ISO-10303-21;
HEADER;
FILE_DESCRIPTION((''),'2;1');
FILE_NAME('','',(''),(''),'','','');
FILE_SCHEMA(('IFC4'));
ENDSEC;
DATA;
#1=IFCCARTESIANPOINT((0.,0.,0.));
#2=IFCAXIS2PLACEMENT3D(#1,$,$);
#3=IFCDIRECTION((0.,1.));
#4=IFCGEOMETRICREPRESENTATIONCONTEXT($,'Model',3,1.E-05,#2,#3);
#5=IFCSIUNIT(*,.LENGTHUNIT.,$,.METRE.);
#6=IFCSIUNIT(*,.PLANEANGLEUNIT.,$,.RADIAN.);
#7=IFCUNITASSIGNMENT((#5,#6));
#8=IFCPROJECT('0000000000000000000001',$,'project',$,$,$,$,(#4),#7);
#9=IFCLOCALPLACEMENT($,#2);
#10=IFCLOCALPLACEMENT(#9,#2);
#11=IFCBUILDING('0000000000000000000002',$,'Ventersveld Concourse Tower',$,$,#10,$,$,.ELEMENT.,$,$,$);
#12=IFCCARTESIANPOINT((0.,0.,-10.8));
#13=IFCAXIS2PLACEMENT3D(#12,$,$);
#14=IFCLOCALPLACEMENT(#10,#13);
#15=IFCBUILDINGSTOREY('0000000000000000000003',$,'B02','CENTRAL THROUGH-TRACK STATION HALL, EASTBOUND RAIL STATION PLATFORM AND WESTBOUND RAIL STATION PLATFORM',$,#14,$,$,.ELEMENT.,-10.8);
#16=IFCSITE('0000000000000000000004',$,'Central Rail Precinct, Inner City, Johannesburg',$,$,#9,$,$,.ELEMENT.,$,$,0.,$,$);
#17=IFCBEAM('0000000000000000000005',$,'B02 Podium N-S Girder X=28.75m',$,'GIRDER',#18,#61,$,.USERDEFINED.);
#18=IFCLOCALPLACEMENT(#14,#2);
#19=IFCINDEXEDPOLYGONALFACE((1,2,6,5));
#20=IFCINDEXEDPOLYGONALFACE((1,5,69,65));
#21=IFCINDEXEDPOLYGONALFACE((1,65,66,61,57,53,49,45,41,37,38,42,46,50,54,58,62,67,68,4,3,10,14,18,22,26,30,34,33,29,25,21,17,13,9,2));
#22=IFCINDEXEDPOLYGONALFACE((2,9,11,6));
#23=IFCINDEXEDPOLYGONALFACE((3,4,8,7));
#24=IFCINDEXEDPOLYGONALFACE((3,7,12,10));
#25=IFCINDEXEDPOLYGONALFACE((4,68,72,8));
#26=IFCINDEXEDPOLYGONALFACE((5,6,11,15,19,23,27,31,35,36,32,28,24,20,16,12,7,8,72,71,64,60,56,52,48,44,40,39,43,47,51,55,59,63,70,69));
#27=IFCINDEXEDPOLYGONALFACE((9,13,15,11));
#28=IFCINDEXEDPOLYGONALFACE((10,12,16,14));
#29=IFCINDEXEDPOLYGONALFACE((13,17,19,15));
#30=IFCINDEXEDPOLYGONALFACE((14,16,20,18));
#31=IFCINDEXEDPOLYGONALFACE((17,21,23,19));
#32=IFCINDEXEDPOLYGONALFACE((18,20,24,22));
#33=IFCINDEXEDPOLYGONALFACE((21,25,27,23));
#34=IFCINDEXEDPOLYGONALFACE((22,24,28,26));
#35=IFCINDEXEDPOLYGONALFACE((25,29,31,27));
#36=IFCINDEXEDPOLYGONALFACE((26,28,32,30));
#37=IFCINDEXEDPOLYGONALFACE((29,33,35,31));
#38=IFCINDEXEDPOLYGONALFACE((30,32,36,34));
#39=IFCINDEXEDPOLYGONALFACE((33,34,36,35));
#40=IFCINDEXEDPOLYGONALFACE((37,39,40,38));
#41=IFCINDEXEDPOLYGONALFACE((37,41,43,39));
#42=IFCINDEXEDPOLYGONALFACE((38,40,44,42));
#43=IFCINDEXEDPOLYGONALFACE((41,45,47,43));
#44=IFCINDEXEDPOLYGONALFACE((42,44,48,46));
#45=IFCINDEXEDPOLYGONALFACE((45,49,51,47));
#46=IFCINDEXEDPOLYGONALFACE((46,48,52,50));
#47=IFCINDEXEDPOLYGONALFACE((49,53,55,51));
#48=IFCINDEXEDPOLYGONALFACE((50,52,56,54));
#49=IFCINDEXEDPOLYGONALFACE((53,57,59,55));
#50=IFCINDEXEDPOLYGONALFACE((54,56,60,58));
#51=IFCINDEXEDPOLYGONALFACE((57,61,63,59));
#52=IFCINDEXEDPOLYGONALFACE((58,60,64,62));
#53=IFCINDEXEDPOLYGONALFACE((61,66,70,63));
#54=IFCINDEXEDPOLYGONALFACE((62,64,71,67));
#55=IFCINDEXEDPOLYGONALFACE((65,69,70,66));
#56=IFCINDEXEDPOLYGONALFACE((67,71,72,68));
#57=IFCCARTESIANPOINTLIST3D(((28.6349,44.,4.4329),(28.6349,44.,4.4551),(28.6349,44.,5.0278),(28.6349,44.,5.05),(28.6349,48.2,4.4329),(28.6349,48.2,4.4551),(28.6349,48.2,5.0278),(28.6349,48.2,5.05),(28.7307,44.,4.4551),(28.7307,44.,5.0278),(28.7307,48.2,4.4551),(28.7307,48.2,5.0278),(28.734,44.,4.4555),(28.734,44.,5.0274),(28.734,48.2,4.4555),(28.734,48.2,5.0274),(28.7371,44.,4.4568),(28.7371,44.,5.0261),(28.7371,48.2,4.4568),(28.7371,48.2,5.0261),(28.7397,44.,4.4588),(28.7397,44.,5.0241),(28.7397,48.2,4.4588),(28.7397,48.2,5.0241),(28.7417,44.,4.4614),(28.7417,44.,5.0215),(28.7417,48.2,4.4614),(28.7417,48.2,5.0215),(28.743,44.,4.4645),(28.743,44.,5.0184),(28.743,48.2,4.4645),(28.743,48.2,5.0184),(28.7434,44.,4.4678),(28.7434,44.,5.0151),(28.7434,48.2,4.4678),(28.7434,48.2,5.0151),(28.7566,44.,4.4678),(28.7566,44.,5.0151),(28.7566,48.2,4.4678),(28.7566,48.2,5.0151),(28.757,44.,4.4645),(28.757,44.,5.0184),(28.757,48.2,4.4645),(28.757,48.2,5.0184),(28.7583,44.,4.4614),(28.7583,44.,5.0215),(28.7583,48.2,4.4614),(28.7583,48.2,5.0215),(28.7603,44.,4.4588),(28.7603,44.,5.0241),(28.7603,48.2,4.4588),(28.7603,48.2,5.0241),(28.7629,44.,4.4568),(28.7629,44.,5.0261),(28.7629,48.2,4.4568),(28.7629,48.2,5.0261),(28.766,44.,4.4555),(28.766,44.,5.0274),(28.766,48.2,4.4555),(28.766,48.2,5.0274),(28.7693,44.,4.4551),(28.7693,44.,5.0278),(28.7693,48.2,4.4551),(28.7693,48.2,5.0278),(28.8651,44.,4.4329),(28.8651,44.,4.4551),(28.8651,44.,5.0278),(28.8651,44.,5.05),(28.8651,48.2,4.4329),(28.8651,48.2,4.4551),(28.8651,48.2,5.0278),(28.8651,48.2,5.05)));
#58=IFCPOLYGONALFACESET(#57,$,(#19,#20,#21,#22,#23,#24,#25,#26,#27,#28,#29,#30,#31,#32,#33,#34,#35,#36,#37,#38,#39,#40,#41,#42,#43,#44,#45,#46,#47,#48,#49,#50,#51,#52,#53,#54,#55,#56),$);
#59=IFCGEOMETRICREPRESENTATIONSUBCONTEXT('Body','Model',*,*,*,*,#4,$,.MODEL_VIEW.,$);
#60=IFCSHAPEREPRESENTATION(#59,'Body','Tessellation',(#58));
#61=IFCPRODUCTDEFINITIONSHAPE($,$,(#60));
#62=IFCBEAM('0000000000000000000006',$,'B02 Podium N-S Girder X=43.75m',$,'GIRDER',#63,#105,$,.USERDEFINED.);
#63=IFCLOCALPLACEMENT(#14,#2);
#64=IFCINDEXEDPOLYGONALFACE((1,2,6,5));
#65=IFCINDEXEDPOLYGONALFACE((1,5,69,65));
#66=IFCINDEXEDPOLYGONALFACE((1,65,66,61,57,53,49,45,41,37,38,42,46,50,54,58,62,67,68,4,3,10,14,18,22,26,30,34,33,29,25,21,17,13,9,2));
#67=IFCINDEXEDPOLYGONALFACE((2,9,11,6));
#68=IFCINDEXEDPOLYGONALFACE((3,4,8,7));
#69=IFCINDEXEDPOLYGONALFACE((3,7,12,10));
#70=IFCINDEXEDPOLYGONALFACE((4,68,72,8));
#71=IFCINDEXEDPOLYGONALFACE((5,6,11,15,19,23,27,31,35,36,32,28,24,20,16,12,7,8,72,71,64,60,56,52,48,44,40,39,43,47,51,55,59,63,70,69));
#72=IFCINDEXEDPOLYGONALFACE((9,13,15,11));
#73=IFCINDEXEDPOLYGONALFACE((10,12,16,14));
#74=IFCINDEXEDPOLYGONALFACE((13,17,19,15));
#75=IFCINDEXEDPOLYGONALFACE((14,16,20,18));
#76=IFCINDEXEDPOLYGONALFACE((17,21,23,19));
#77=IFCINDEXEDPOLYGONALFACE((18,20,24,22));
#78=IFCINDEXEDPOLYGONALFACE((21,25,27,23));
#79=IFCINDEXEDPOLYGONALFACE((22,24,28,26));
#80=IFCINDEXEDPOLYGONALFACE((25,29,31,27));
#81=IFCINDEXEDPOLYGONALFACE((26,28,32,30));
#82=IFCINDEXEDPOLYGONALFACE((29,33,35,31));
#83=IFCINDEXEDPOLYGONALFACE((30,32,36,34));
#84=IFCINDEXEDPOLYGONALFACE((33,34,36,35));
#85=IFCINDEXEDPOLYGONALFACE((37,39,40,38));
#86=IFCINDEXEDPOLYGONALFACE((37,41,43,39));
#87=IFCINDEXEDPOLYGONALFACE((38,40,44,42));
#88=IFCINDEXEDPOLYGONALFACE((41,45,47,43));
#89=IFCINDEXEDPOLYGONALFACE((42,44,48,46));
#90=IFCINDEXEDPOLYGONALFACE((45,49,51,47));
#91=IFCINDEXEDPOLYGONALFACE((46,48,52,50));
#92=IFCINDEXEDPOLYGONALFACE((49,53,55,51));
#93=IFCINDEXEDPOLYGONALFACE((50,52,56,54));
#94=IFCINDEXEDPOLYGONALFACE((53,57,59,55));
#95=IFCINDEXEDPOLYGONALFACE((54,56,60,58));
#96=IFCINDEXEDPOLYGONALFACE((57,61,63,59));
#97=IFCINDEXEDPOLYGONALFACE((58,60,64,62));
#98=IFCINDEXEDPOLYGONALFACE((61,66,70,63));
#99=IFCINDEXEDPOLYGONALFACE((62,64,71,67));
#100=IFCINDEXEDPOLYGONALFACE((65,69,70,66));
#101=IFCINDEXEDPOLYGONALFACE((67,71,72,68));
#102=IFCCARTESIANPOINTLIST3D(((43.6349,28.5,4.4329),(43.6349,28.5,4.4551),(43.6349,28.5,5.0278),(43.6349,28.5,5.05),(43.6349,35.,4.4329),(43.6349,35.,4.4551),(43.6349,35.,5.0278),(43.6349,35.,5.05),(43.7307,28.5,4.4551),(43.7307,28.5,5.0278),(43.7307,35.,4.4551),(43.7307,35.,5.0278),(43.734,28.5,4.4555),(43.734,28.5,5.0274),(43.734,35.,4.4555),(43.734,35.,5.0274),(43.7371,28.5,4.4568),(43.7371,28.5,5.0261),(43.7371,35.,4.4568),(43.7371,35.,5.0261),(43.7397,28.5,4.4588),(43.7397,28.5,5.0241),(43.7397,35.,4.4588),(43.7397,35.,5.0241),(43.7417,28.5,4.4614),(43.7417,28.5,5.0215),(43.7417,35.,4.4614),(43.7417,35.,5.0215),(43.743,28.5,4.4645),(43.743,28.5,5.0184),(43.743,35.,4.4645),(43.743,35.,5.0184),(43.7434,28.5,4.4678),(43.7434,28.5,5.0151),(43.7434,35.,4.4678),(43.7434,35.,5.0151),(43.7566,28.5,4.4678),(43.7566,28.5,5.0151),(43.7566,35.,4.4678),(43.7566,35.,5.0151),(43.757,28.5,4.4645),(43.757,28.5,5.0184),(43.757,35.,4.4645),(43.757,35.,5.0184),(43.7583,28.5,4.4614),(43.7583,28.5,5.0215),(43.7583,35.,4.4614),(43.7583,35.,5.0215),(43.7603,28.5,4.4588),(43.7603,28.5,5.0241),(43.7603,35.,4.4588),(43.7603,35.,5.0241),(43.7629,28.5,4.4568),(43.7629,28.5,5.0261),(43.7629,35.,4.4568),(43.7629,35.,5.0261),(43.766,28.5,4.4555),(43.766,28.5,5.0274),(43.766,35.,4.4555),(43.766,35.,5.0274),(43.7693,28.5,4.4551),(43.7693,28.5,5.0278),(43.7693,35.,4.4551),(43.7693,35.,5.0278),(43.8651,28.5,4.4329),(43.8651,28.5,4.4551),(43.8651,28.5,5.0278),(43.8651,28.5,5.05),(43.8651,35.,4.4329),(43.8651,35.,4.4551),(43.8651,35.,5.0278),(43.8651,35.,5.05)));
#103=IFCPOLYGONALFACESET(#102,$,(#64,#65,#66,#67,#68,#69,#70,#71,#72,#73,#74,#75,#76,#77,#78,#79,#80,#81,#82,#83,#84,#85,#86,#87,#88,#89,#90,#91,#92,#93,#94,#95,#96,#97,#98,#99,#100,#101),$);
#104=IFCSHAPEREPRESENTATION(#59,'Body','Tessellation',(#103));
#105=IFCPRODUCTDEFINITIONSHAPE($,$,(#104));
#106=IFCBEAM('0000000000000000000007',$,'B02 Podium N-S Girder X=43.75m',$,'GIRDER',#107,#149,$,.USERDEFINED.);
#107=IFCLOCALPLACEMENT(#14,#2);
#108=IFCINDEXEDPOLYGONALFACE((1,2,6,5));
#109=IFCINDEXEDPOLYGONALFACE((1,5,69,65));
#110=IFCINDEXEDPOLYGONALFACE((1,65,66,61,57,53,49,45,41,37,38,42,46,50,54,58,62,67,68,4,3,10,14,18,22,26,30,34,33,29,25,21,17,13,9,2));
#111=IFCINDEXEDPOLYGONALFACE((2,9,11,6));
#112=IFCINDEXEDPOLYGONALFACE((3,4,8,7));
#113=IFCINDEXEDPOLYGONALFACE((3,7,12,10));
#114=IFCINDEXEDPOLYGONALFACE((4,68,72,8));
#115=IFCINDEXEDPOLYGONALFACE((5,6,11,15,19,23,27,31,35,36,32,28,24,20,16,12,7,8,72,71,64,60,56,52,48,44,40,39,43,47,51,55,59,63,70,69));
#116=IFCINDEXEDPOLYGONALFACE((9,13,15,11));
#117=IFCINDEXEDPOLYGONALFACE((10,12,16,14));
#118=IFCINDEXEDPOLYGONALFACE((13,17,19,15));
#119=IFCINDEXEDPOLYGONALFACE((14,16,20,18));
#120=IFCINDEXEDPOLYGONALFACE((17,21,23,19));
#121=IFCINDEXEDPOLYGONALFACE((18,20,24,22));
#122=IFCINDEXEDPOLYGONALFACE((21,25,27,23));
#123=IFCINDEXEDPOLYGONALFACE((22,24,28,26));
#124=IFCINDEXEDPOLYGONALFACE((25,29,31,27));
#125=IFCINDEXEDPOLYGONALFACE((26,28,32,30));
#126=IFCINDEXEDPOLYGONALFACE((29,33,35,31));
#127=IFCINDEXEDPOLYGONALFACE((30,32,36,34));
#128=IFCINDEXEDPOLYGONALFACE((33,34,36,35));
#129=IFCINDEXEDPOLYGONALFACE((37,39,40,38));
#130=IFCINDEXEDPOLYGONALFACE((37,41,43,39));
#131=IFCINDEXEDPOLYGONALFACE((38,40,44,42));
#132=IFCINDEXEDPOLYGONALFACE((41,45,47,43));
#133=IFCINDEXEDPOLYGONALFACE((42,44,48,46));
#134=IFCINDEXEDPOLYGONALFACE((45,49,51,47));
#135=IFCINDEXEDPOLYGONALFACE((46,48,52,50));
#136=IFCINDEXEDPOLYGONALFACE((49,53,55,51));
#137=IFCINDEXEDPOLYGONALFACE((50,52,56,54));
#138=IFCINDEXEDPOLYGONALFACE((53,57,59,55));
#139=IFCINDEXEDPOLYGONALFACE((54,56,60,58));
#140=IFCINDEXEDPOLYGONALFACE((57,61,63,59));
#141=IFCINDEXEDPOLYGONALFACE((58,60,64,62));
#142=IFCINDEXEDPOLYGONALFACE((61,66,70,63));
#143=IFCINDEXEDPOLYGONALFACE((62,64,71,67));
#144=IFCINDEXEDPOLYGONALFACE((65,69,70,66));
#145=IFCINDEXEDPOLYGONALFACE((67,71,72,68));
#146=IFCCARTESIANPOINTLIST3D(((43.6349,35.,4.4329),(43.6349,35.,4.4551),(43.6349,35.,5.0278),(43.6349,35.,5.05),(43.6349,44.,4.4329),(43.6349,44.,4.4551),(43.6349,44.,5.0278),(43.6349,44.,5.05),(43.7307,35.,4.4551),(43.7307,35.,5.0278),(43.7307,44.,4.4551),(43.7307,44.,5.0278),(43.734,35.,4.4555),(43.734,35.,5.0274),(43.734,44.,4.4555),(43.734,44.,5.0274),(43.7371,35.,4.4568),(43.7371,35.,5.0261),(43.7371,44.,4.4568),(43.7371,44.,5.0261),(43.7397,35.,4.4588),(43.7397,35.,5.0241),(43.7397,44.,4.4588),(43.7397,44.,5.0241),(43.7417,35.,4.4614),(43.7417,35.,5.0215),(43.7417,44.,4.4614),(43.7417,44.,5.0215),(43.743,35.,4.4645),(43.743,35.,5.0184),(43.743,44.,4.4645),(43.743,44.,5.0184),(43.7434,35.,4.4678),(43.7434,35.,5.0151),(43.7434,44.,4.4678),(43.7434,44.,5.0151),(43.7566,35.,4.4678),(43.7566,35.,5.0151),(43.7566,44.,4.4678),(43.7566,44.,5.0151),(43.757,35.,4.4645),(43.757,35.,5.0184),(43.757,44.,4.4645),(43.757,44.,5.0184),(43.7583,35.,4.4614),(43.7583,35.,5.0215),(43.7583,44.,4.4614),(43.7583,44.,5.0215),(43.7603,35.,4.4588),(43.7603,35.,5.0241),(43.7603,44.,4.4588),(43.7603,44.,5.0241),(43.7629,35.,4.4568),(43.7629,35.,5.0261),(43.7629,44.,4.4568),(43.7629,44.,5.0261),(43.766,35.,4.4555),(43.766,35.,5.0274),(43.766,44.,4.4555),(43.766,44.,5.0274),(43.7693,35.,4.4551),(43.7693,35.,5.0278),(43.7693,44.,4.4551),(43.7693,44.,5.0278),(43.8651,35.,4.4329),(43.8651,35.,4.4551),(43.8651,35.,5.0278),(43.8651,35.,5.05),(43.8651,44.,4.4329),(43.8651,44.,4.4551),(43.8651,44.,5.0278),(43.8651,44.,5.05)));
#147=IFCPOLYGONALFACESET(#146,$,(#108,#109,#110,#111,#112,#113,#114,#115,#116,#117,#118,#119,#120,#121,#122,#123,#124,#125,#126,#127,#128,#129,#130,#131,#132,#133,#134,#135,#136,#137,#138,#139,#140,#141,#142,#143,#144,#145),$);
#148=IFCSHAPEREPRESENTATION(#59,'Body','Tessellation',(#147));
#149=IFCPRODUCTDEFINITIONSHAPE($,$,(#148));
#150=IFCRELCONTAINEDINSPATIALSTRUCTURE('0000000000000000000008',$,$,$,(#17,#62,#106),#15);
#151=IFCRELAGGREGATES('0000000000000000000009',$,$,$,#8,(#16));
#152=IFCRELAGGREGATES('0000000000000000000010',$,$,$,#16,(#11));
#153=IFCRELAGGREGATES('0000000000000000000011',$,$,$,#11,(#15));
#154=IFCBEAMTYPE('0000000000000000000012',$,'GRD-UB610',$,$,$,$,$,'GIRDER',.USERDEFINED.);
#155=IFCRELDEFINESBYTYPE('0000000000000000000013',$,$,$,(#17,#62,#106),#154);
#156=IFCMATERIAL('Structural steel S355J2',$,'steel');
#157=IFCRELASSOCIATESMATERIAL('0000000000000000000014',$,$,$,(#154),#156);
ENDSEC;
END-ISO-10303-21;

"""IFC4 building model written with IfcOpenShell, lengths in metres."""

from ifc_helpers import new_model, si_unit, direction, frame, origin, origin_2d, place, context, subcontext, project, spatial, i_section, extrude, material, material_profile, profile_set, type_object, element, save


model = new_model("IFC4")

# Units and contexts
model_context = context("Model", 3, precision=1e-05, world=origin(), true_north=direction((0.0, 1.0)))
body_context = subcontext(model_context, "Body", "Model", "MODEL_VIEW")
ifc_project = project(units=[si_unit("LENGTHUNIT", "METRE"), si_unit("PLANEANGLEUNIT", "RADIAN")], contexts=[model_context])

# Site, building, storey
site_placement = place(None, origin())
site = spatial("IfcSite", under=ifc_project, at=site_placement, Name="Central Rail Precinct, Inner City, Johannesburg", CompositionType="ELEMENT", RefElevation=0.0)
building_placement = place(site_placement, origin())
building = spatial("IfcBuilding", under=site, at=building_placement, Name="Ventersveld Concourse Tower", CompositionType="ELEMENT")
storey_placement = place(building_placement, frame((0.0, 0.0, -10.8)))
storey = spatial("IfcBuildingStorey", under=building, at=storey_placement, Name="B02", Description="CENTRAL THROUGH-TRACK STATION HALL, EASTBOUND RAIL STATION PLATFORM AND WESTBOUND RAIL STATION PLATFORM", CompositionType="ELEMENT", Elevation=-10.8)

# Beams
ifc_material_1 = material(Name="Structural steel S355J2", Category="steel")
ifc_material_profile_1 = material_profile(ifc_material_1, i_section(OverallWidth=0.2302, OverallDepth=0.6172, WebThickness=0.0132, FlangeThickness=0.0222, FilletRadius=0.0127, at=origin_2d()), Name="UB 610x229x140")
ifc_profile_set_1 = profile_set([ifc_material_profile_1], Name="Structural steel S355J2")
beam_type_1 = type_object("IfcBeamType", Name="GRD-UB610", ElementType="GIRDER", PredefinedType="USERDEFINED", material=ifc_profile_set_1)
beam_1_placement = place(storey_placement, frame((28.75, 44.0, 4.7415), z_axis=(0.0, 1.0, 0.0), x_axis=(-1.0, 0.0, 0.0)))
element("IfcBeam", 1, at=beam_1_placement, inside=storey, type_object=beam_type_1, Name="B02 Podium N-S Girder X=28.75m", ObjectType="GIRDER", PredefinedType="USERDEFINED", context=body_context, shape_type="SweptSolid", body=[
    extrude(i_section(OverallWidth=0.2302, OverallDepth=0.6172, WebThickness=0.0132, FlangeThickness=0.0222, FilletRadius=0.0127, at=origin_2d()), origin(), (0.0, 0.0, 1.0), 4.2),
])
beam_2_placement = place(storey_placement, frame((43.75, 28.5, 4.7415), z_axis=(0.0, 1.0, 0.0), x_axis=(-1.0, 0.0, 0.0)))
element("IfcBeam", 2, at=beam_2_placement, inside=storey, type_object=beam_type_1, Name="B02 Podium N-S Girder X=43.75m", ObjectType="GIRDER", PredefinedType="USERDEFINED", context=body_context, shape_type="SweptSolid", body=[
    extrude(i_section(OverallWidth=0.2302, OverallDepth=0.6172, WebThickness=0.0132, FlangeThickness=0.0222, FilletRadius=0.0127, at=origin_2d()), origin(), (0.0, 0.0, 1.0), 6.5),
])
beam_3_placement = place(storey_placement, frame((43.75, 35.0, 4.7415), z_axis=(0.0, 1.0, 0.0), x_axis=(-1.0, 0.0, 0.0)))
element("IfcBeam", 3, at=beam_3_placement, inside=storey, type_object=beam_type_1, Name="B02 Podium N-S Girder X=43.75m", ObjectType="GIRDER", PredefinedType="USERDEFINED", context=body_context, shape_type="SweptSolid", body=[
    extrude(i_section(OverallWidth=0.2302, OverallDepth=0.6172, WebThickness=0.0132, FlangeThickness=0.0222, FilletRadius=0.0127, at=origin_2d()), origin(), (0.0, 0.0, 1.0), 9.0),
])

save(model, "model.ifc")
